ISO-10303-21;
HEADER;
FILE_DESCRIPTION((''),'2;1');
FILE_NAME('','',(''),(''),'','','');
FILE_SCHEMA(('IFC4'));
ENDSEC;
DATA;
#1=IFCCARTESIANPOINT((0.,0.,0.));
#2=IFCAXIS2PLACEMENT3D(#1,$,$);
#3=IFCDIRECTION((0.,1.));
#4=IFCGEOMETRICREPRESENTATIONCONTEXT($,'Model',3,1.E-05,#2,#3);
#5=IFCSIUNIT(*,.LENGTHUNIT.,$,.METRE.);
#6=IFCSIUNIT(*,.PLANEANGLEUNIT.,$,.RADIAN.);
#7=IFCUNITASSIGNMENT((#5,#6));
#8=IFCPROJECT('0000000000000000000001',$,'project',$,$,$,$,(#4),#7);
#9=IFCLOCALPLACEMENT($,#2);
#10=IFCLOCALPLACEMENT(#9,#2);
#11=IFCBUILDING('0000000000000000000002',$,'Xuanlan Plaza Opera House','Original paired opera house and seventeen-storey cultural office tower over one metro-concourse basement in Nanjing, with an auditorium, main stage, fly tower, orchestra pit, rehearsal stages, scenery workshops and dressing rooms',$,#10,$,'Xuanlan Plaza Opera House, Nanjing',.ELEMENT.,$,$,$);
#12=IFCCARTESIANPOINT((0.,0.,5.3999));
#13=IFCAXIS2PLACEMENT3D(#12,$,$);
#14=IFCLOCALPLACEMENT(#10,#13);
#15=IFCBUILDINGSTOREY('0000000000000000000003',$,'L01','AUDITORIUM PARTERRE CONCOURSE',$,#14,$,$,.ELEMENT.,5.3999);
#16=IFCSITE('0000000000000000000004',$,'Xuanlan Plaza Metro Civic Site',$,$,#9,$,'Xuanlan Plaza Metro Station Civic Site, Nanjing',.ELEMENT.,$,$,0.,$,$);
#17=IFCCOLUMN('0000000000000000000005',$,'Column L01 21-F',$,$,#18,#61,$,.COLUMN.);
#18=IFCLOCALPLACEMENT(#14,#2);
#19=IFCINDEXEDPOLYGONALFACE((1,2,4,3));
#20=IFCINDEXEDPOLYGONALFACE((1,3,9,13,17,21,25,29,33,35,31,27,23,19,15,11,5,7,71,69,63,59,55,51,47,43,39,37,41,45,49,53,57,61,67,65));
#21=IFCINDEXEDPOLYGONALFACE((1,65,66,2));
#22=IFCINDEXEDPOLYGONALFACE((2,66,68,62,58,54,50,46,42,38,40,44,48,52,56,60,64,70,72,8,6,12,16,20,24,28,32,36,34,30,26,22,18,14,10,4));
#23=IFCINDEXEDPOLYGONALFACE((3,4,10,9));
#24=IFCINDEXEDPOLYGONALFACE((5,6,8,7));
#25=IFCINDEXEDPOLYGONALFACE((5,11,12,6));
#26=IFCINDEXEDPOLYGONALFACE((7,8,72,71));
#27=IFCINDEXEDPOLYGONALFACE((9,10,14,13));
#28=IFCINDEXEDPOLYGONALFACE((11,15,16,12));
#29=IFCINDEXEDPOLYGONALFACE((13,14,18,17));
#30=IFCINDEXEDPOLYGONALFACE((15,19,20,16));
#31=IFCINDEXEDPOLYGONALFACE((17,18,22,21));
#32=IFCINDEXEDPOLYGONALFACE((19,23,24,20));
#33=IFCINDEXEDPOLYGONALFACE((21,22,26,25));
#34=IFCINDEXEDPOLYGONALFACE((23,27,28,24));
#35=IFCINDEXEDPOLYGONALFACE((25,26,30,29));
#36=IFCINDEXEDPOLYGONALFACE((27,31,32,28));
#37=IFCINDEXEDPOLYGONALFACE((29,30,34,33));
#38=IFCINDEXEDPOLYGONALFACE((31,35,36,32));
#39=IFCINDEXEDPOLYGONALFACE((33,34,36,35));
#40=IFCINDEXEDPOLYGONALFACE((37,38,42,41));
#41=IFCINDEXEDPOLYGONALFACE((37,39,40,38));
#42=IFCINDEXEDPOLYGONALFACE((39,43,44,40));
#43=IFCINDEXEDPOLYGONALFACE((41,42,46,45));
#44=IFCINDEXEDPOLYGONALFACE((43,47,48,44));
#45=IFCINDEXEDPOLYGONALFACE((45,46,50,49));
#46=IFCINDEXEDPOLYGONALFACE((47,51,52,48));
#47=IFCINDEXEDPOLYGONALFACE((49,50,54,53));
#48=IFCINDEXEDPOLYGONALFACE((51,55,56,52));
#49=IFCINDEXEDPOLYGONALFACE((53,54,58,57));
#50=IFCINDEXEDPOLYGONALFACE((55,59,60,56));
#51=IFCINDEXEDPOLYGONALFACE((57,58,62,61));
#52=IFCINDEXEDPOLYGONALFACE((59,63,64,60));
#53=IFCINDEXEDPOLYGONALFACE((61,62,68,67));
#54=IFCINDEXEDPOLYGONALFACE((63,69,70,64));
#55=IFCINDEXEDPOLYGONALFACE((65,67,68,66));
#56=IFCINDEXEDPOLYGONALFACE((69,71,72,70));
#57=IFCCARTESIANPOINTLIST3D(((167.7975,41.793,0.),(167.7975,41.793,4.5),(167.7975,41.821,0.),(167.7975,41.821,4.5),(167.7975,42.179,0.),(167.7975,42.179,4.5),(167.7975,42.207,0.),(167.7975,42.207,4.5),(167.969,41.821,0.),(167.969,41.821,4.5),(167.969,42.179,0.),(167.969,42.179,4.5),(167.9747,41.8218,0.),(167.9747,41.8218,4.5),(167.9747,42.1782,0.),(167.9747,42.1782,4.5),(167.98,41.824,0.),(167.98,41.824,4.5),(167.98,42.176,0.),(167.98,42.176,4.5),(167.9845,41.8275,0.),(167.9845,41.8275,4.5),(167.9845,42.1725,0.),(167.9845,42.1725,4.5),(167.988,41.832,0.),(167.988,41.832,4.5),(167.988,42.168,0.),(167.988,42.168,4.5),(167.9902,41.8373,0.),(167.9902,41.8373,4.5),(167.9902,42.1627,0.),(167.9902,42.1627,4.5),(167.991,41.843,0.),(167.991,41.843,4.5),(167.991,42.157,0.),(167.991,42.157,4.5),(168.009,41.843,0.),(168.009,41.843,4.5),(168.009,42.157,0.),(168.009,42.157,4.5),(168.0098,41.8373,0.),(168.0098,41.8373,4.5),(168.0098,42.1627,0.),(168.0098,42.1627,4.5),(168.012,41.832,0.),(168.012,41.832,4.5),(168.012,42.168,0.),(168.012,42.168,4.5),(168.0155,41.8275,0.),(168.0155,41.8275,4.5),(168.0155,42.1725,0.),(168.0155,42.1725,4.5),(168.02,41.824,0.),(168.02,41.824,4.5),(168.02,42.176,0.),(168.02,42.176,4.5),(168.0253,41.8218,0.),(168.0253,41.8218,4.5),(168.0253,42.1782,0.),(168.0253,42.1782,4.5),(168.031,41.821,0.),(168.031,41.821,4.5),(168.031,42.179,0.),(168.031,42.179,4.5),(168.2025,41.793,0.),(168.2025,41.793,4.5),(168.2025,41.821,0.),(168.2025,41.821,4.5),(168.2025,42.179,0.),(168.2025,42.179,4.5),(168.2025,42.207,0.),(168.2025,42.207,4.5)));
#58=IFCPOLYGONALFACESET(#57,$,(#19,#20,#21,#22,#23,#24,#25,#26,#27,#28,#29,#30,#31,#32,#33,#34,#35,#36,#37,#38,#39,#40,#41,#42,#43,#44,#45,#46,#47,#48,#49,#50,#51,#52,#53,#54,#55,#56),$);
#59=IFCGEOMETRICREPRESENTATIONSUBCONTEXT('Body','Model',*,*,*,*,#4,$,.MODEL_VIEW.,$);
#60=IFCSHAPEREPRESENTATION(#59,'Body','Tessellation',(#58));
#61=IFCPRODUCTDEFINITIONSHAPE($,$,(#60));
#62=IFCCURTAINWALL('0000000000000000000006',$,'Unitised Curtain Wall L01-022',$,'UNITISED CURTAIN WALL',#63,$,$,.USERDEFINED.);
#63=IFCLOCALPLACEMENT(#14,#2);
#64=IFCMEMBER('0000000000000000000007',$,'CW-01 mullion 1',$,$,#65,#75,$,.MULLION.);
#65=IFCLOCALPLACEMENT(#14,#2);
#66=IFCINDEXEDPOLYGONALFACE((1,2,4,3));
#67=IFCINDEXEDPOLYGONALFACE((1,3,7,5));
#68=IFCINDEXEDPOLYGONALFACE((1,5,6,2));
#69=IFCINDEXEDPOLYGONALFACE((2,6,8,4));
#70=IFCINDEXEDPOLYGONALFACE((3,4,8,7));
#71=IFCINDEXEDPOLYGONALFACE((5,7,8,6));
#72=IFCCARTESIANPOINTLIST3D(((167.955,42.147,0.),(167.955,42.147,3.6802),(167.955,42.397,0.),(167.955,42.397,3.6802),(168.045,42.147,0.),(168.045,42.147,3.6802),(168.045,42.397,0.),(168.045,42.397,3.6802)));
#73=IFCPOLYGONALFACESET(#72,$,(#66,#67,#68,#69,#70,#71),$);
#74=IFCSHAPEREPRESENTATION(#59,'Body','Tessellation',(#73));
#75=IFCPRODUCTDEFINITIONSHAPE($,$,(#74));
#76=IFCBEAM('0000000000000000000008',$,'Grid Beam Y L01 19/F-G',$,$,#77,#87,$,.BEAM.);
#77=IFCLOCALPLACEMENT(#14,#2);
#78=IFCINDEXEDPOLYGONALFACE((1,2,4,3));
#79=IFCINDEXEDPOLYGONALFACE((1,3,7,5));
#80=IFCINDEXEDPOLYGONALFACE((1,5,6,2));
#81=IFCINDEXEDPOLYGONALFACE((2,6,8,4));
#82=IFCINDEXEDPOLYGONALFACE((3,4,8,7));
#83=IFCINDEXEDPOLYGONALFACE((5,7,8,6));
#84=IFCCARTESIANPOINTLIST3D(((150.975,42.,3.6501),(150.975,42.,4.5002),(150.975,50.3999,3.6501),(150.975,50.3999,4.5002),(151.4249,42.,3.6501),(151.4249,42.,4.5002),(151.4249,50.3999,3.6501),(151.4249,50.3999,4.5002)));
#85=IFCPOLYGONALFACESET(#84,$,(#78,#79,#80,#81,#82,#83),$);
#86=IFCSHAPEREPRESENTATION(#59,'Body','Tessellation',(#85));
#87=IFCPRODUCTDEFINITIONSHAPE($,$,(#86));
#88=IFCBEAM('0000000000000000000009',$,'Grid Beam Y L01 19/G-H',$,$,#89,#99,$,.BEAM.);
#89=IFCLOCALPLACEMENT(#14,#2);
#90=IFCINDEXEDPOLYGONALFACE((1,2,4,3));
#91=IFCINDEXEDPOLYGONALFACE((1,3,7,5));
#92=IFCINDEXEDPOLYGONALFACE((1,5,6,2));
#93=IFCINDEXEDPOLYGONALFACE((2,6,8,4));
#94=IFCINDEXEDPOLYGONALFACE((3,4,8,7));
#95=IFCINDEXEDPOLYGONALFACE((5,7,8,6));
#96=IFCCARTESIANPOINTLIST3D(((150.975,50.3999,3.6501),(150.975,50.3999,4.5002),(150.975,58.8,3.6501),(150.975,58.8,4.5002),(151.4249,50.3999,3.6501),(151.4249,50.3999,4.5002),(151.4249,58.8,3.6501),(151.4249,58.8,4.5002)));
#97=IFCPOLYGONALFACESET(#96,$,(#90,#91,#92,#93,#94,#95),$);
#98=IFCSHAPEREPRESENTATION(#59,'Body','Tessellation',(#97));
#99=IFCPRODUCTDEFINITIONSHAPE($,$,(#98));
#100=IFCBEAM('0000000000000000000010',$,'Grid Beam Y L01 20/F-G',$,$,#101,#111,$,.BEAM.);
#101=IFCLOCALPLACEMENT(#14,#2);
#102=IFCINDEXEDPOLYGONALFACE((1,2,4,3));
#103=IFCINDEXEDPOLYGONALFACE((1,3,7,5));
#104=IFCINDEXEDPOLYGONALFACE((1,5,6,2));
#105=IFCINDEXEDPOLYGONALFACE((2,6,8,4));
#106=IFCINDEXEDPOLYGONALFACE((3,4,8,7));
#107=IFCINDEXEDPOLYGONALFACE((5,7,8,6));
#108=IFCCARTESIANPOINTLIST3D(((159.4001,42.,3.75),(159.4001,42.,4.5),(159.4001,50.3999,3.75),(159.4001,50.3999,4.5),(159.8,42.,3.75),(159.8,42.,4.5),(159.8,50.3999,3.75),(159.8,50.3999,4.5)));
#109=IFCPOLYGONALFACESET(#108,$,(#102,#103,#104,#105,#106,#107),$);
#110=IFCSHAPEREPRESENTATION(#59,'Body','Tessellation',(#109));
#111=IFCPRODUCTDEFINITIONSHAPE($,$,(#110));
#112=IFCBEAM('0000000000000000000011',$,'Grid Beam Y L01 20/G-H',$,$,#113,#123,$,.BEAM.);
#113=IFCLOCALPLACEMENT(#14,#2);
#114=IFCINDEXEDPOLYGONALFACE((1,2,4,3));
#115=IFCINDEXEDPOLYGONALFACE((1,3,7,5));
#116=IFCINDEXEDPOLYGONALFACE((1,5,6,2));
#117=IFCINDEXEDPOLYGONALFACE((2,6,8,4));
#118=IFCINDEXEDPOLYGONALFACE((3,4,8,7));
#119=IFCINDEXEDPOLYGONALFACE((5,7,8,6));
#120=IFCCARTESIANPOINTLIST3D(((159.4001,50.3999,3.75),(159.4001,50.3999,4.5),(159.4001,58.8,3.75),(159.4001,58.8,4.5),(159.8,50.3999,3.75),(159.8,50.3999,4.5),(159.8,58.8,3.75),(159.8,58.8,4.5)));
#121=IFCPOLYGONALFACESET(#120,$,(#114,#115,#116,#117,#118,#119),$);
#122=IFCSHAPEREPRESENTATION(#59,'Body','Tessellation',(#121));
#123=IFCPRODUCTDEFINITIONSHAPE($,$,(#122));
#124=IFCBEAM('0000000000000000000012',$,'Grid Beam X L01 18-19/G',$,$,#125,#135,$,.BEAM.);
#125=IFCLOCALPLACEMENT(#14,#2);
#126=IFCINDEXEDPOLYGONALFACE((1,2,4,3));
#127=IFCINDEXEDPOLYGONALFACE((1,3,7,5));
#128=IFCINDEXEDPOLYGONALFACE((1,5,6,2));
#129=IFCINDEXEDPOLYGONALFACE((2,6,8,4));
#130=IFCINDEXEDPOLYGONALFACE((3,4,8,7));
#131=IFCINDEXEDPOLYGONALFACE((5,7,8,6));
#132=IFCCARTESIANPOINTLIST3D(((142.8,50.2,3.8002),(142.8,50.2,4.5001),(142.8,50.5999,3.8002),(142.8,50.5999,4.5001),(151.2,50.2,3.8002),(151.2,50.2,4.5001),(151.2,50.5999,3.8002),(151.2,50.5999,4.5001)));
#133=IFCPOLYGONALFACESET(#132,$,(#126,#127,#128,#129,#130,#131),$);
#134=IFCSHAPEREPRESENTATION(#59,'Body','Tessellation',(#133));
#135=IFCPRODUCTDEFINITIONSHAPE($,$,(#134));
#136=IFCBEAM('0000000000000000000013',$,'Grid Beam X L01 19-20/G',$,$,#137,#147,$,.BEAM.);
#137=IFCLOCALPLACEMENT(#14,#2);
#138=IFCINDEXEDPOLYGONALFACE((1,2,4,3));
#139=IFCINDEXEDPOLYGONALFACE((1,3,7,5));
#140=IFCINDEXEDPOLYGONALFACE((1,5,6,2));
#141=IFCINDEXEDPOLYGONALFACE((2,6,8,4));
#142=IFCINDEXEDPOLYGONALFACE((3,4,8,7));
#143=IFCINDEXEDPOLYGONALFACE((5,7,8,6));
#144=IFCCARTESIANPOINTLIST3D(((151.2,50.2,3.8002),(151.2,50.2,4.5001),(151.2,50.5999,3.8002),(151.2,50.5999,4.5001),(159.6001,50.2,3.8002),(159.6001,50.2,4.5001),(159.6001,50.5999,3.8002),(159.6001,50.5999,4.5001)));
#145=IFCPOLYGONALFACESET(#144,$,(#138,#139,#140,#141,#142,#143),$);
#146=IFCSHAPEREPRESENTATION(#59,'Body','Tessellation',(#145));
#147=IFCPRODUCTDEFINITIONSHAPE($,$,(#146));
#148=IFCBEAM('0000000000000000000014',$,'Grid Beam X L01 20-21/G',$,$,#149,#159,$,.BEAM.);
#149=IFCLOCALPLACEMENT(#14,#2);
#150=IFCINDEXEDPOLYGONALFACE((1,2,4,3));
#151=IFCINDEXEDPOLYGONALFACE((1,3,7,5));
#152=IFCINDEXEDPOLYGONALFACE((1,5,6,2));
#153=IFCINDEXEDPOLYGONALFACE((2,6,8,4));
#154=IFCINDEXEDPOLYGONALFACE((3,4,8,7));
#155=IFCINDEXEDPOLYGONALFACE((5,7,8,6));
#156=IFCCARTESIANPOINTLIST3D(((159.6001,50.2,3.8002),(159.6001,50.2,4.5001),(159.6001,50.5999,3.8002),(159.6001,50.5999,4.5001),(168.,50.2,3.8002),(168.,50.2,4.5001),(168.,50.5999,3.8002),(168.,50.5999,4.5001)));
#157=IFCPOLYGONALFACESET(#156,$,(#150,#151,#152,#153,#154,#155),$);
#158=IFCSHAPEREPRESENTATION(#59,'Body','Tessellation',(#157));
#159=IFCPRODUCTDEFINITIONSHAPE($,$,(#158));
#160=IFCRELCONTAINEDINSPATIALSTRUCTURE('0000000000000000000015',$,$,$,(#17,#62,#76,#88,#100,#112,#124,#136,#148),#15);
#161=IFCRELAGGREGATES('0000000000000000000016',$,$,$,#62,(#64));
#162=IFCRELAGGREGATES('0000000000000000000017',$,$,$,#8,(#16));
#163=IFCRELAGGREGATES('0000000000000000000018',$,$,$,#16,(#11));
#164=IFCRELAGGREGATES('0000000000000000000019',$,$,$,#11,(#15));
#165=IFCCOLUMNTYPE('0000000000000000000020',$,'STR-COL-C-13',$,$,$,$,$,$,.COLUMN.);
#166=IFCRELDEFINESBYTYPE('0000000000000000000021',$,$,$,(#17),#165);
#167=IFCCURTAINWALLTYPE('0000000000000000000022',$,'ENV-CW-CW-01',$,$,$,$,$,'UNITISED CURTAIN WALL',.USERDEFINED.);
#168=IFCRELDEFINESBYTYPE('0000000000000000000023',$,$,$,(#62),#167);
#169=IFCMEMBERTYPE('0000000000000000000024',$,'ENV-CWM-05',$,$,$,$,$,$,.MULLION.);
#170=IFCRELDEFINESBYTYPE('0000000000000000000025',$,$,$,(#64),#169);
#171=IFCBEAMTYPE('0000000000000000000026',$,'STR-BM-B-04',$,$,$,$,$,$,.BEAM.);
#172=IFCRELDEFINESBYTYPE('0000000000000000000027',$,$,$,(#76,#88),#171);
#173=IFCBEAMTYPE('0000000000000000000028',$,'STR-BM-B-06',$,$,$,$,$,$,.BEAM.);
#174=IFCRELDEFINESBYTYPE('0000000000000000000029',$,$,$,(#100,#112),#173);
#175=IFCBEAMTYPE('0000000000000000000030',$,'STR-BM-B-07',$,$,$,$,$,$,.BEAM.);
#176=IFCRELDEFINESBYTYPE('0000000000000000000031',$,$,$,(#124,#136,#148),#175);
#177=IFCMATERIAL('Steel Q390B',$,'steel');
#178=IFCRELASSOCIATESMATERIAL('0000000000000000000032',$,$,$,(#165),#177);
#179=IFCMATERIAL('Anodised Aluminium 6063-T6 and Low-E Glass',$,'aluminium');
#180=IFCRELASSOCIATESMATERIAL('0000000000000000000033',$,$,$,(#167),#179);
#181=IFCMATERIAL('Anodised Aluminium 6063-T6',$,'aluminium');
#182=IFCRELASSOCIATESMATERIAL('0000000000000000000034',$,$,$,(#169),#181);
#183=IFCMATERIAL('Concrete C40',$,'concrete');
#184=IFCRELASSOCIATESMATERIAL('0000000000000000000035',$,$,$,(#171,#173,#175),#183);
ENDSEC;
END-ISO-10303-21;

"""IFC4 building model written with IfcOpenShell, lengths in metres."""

from ifc_helpers import new_model, si_unit, direction, frame, origin, origin_2d, place, context, subcontext, project, spatial, rectangle, i_section, extrude, material, material_profile, profile_set, type_object, element, aggregate, save


model = new_model("IFC4")

# Units and contexts
model_context = context("Model", 3, precision=1e-05, world=origin(), true_north=direction((0.0, 1.0)))
body_context = subcontext(model_context, "Body", "Model", "MODEL_VIEW")
ifc_project = project(units=[si_unit("LENGTHUNIT", "METRE"), si_unit("PLANEANGLEUNIT", "RADIAN")], contexts=[model_context])

# Site, building, storey
site_placement = place(None, origin())
site = spatial("IfcSite", under=ifc_project, at=site_placement, Name="Xuanlan Plaza Metro Civic Site", LongName="Xuanlan Plaza Metro Station Civic Site, Nanjing", CompositionType="ELEMENT", RefElevation=0.0)
building_placement = place(site_placement, origin())
building = spatial("IfcBuilding", under=site, at=building_placement, Name="Xuanlan Plaza Opera House", Description="Original paired opera house and seventeen-storey cultural office tower over one metro-concourse basement in Nanjing, with an auditorium, main stage, fly tower, orchestra pit, rehearsal stages, scenery workshops and dressing rooms", LongName="Xuanlan Plaza Opera House, Nanjing", CompositionType="ELEMENT")
storey_placement = place(building_placement, frame((0.0, 0.0, 5.3999)))
storey = spatial("IfcBuildingStorey", under=building, at=storey_placement, Name="L01", Description="AUDITORIUM PARTERRE CONCOURSE", CompositionType="ELEMENT", Elevation=5.3999)

# Column
ifc_material_1 = material(Name="Steel Q390B", Category="steel")
ifc_material_profile_1 = material_profile(ifc_material_1, i_section(OverallWidth=0.405, OverallDepth=0.4141, WebThickness=0.0181, FlangeThickness=0.0281, FilletRadius=0.022, at=origin_2d()), Name="HW 414x405x18x28")
ifc_profile_set_1 = profile_set([ifc_material_profile_1], Name="Steel Q390B")
column_type_1 = type_object("IfcColumnType", Name="STR-COL-C-13", PredefinedType="COLUMN", material=ifc_profile_set_1)
for number, where, z_axis, x_axis, name in (
    (1, (168.0, 42.0, 0.0), (0.0, 0.0, 1.0), (1.0, 0.0, 0.0), "Column L01 21-F"),
):
    element("IfcColumn", number, at=place(storey_placement, frame(where, z_axis=z_axis, x_axis=x_axis)), inside=storey, type_object=column_type_1, Name=name, PredefinedType="COLUMN", context=body_context, shape_type="SweptSolid", body=[
        extrude(i_section(OverallWidth=0.405, OverallDepth=0.4141, WebThickness=0.0181, FlangeThickness=0.0281, FilletRadius=0.022, at=origin_2d()), origin(), (0.0, 0.0, 1.0), 4.5),
    ])

# Curtain wall, member
ifc_material_2 = material(Name="Anodised Aluminium 6063-T6 and Low-E Glass", Category="aluminium")
curtain_wall_type = type_object("IfcCurtainWallType", Name="ENV-CW-CW-01", ElementType="UNITISED CURTAIN WALL", PredefinedType="USERDEFINED", material=ifc_material_2)
curtain_wall_placement = place(storey_placement, origin())
curtain_wall = element("IfcCurtainWall", 2, at=curtain_wall_placement, inside=storey, type_object=curtain_wall_type, Name="Unitised Curtain Wall L01-022", ObjectType="UNITISED CURTAIN WALL", PredefinedType="USERDEFINED")
ifc_material_3 = material(Name="Anodised Aluminium 6063-T6", Category="aluminium")
ifc_material_profile_2 = material_profile(ifc_material_3, rectangle(XDim=0.0901, YDim=0.25, at=origin_2d()), Name="ALU-M 90x250")
ifc_profile_set_2 = profile_set([ifc_material_profile_2], Name="Anodised Aluminium 6063-T6")
member_type = type_object("IfcMemberType", Name="ENV-CWM-05", PredefinedType="MULLION", material=ifc_profile_set_2)
member_placement = place(storey_placement, frame((168.0, 42.272, 0.0), z_axis=(0.0, 0.0, 1.0), x_axis=(-1.0, 0.0, 0.0)))
member = element("IfcMember", 3, at=member_placement, type_object=member_type, Name="CW-01 mullion 1", PredefinedType="MULLION", context=body_context, shape_type="SweptSolid", body=[
    extrude(rectangle(XDim=0.0901, YDim=0.25, at=origin_2d()), origin(), (0.0, 0.0, 1.0), 3.6802),
])
aggregate(curtain_wall, [member])

# Beams
ifc_material_4 = material(Name="Concrete C40", Category="concrete")
ifc_material_profile_3 = material_profile(ifc_material_4, rectangle(XDim=0.45, YDim=0.8501, at=origin_2d()), Name="RC-BM 450x850")
ifc_profile_set_3 = profile_set([ifc_material_profile_3], Name="Concrete C40")
beam_type_1 = type_object("IfcBeamType", Name="STR-BM-B-04", PredefinedType="BEAM", material=ifc_profile_set_3)
beam_1_placement = place(storey_placement, frame((151.2, 42.0, 4.0752), z_axis=(0.0, 1.0, 0.0), x_axis=(-1.0, 0.0, 0.0)))
element("IfcBeam", 4, at=beam_1_placement, inside=storey, type_object=beam_type_1, Name="Grid Beam Y L01 19/F-G", PredefinedType="BEAM", context=body_context, shape_type="SweptSolid", body=[
    extrude(rectangle(XDim=0.45, YDim=0.8501, at=origin_2d()), origin(), (0.0, 0.0, 1.0), 8.3999),
])
beam_2_placement = place(storey_placement, frame((151.2, 50.3999, 4.0752), z_axis=(0.0, 1.0, 0.0), x_axis=(-1.0, 0.0, 0.0)))
element("IfcBeam", 5, at=beam_2_placement, inside=storey, type_object=beam_type_1, Name="Grid Beam Y L01 19/G-H", PredefinedType="BEAM", context=body_context, shape_type="SweptSolid", body=[
    extrude(rectangle(XDim=0.45, YDim=0.8501, at=origin_2d()), origin(), (0.0, 0.0, 1.0), 8.4001),
])
ifc_material_profile_4 = material_profile(ifc_material_4, rectangle(XDim=0.3999, YDim=0.75, at=origin_2d()), Name="RC-BM 400x750")
ifc_profile_set_4 = profile_set([ifc_material_profile_4], Name="Concrete C40")
beam_type_2 = type_object("IfcBeamType", Name="STR-BM-B-06", PredefinedType="BEAM", material=ifc_profile_set_4)
beam_3_placement = place(storey_placement, frame((159.6001, 42.0, 4.125), z_axis=(0.0, 1.0, 0.0), x_axis=(-1.0, 0.0, 0.0)))
element("IfcBeam", 6, at=beam_3_placement, inside=storey, type_object=beam_type_2, Name="Grid Beam Y L01 20/F-G", PredefinedType="BEAM", context=body_context, shape_type="SweptSolid", body=[
    extrude(rectangle(XDim=0.3999, YDim=0.75, at=origin_2d()), origin(), (0.0, 0.0, 1.0), 8.3999),
])
beam_4_placement = place(storey_placement, frame((159.6001, 50.3999, 4.125), z_axis=(0.0, 1.0, 0.0), x_axis=(-1.0, 0.0, 0.0)))
element("IfcBeam", 7, at=beam_4_placement, inside=storey, type_object=beam_type_2, Name="Grid Beam Y L01 20/G-H", PredefinedType="BEAM", context=body_context, shape_type="SweptSolid", body=[
    extrude(rectangle(XDim=0.3999, YDim=0.75, at=origin_2d()), origin(), (0.0, 0.0, 1.0), 8.4001),
])
ifc_material_profile_5 = material_profile(ifc_material_4, rectangle(XDim=0.3999, YDim=0.7, at=origin_2d()), Name="RC-BM 400x700")
ifc_profile_set_5 = profile_set([ifc_material_profile_5], Name="Concrete C40")
beam_type_3 = type_object("IfcBeamType", Name="STR-BM-B-07", PredefinedType="BEAM", material=ifc_profile_set_5)
beam_5_placement = place(storey_placement, frame((142.8, 50.3999, 4.1501), z_axis=(1.0, 0.0, 0.0), x_axis=(0.0, 1.0, 0.0)))
element("IfcBeam", 8, at=beam_5_placement, inside=storey, type_object=beam_type_3, Name="Grid Beam X L01 18-19/G", PredefinedType="BEAM", context=body_context, shape_type="SweptSolid", body=[
    extrude(rectangle(XDim=0.3999, YDim=0.7, at=origin_2d()), origin(), (0.0, 0.0, 1.0), 8.3999),
])
beam_6_placement = place(storey_placement, frame((151.2, 50.3999, 4.1501), z_axis=(1.0, 0.0, 0.0), x_axis=(0.0, 1.0, 0.0)))
element("IfcBeam", 9, at=beam_6_placement, inside=storey, type_object=beam_type_3, Name="Grid Beam X L01 19-20/G", PredefinedType="BEAM", context=body_context, shape_type="SweptSolid", body=[
    extrude(rectangle(XDim=0.3999, YDim=0.7, at=origin_2d()), origin(), (0.0, 0.0, 1.0), 8.4001),
])
beam_7_placement = place(storey_placement, frame((159.6001, 50.3999, 4.1501), z_axis=(1.0, 0.0, 0.0), x_axis=(0.0, 1.0, 0.0)))
element("IfcBeam", 10, at=beam_7_placement, inside=storey, type_object=beam_type_3, Name="Grid Beam X L01 20-21/G", PredefinedType="BEAM", context=body_context, shape_type="SweptSolid", body=[
    extrude(rectangle(XDim=0.3999, YDim=0.7, at=origin_2d()), origin(), (0.0, 0.0, 1.0), 8.3999),
])

save(model, "model.ifc")
